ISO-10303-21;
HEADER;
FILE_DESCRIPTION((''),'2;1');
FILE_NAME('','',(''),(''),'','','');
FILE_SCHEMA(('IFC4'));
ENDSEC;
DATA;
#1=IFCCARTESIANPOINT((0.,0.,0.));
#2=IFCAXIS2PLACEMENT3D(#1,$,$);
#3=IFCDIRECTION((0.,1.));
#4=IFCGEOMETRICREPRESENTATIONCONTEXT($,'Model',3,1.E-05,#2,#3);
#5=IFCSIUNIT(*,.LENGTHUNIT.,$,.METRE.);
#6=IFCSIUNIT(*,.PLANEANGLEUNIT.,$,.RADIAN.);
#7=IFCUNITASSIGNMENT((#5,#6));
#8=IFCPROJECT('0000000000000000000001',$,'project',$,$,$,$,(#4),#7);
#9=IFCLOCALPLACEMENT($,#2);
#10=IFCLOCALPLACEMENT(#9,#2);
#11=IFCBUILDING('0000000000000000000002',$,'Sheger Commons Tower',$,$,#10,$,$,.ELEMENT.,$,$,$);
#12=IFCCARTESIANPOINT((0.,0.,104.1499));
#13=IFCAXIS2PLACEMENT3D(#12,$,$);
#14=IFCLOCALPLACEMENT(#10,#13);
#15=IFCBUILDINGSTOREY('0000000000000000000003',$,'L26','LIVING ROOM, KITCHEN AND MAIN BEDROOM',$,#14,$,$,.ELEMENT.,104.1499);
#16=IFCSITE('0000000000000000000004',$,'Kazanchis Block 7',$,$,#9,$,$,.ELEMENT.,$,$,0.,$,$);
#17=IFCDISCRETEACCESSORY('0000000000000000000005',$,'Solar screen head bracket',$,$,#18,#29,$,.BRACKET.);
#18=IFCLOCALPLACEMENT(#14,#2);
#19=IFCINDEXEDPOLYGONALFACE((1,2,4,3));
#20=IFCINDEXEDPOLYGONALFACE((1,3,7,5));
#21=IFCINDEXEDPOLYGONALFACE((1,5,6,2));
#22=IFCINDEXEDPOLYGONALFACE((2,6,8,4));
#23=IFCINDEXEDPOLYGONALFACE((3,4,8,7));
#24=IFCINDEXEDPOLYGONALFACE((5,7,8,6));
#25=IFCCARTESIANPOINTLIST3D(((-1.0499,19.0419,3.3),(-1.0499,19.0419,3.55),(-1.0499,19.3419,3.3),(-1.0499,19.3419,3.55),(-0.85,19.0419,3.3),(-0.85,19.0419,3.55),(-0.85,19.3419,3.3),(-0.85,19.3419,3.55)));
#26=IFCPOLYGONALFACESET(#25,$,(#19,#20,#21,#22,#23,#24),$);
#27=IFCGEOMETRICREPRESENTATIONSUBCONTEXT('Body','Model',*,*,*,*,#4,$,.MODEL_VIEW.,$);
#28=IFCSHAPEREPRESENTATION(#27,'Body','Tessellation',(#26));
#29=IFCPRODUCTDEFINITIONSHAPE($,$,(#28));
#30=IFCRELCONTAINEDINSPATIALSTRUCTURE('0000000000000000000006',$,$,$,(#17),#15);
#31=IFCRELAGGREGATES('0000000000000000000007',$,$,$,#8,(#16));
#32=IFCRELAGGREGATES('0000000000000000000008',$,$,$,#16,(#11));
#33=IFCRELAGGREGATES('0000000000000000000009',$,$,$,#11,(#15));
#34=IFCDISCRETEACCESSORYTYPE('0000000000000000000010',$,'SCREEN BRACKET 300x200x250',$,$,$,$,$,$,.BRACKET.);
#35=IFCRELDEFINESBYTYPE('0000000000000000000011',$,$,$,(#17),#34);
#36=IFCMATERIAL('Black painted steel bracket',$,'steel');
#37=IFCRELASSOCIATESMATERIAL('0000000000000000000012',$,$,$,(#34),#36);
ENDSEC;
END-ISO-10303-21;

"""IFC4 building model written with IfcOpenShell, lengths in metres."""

from ifc_helpers import new_model, si_unit, direction, frame, origin, origin_2d, place, context, subcontext, project, spatial, rectangle, extrude, material, type_object, element, save


model = new_model("IFC4")

# Units and contexts
model_context = context("Model", 3, precision=1e-05, world=origin(), true_north=direction((0.0, 1.0)))
body_context = subcontext(model_context, "Body", "Model", "MODEL_VIEW")
ifc_project = project(units=[si_unit("LENGTHUNIT", "METRE"), si_unit("PLANEANGLEUNIT", "RADIAN")], contexts=[model_context])

# Site, building, storey
site_placement = place(None, origin())
site = spatial("IfcSite", under=ifc_project, at=site_placement, Name="Kazanchis Block 7", CompositionType="ELEMENT", RefElevation=0.0)
building_placement = place(site_placement, origin())
building = spatial("IfcBuilding", under=site, at=building_placement, Name="Sheger Commons Tower", CompositionType="ELEMENT")
storey_placement = place(building_placement, frame((0.0, 0.0, 104.1499)))
storey = spatial("IfcBuildingStorey", under=building, at=storey_placement, Name="L26", Description="LIVING ROOM, KITCHEN AND MAIN BEDROOM", CompositionType="ELEMENT", Elevation=104.1499)

# Discrete accessory
ifc_material_1 = material(Name="Black painted steel bracket", Category="steel")
discrete_accessory_type = type_object("IfcDiscreteAccessoryType", Name="SCREEN BRACKET 300x200x250", PredefinedType="BRACKET", material=ifc_material_1)
for number, where, z_axis, x_axis, name in (
    (1, (-0.95, 19.1919, 3.3), (0.0, 0.0, 1.0), (0.0, -1.0, 0.0), "Solar screen head bracket"),
):
    element("IfcDiscreteAccessory", number, at=place(storey_placement, frame(where, z_axis=z_axis, x_axis=x_axis)), inside=storey, type_object=discrete_accessory_type, Name=name, PredefinedType="BRACKET", context=body_context, shape_type="SweptSolid", body=[
        extrude(rectangle(XDim=0.3, YDim=0.2, at=origin_2d()), origin(), (0.0, 0.0, 1.0), 0.25),
    ])

save(model, "model.ifc")
